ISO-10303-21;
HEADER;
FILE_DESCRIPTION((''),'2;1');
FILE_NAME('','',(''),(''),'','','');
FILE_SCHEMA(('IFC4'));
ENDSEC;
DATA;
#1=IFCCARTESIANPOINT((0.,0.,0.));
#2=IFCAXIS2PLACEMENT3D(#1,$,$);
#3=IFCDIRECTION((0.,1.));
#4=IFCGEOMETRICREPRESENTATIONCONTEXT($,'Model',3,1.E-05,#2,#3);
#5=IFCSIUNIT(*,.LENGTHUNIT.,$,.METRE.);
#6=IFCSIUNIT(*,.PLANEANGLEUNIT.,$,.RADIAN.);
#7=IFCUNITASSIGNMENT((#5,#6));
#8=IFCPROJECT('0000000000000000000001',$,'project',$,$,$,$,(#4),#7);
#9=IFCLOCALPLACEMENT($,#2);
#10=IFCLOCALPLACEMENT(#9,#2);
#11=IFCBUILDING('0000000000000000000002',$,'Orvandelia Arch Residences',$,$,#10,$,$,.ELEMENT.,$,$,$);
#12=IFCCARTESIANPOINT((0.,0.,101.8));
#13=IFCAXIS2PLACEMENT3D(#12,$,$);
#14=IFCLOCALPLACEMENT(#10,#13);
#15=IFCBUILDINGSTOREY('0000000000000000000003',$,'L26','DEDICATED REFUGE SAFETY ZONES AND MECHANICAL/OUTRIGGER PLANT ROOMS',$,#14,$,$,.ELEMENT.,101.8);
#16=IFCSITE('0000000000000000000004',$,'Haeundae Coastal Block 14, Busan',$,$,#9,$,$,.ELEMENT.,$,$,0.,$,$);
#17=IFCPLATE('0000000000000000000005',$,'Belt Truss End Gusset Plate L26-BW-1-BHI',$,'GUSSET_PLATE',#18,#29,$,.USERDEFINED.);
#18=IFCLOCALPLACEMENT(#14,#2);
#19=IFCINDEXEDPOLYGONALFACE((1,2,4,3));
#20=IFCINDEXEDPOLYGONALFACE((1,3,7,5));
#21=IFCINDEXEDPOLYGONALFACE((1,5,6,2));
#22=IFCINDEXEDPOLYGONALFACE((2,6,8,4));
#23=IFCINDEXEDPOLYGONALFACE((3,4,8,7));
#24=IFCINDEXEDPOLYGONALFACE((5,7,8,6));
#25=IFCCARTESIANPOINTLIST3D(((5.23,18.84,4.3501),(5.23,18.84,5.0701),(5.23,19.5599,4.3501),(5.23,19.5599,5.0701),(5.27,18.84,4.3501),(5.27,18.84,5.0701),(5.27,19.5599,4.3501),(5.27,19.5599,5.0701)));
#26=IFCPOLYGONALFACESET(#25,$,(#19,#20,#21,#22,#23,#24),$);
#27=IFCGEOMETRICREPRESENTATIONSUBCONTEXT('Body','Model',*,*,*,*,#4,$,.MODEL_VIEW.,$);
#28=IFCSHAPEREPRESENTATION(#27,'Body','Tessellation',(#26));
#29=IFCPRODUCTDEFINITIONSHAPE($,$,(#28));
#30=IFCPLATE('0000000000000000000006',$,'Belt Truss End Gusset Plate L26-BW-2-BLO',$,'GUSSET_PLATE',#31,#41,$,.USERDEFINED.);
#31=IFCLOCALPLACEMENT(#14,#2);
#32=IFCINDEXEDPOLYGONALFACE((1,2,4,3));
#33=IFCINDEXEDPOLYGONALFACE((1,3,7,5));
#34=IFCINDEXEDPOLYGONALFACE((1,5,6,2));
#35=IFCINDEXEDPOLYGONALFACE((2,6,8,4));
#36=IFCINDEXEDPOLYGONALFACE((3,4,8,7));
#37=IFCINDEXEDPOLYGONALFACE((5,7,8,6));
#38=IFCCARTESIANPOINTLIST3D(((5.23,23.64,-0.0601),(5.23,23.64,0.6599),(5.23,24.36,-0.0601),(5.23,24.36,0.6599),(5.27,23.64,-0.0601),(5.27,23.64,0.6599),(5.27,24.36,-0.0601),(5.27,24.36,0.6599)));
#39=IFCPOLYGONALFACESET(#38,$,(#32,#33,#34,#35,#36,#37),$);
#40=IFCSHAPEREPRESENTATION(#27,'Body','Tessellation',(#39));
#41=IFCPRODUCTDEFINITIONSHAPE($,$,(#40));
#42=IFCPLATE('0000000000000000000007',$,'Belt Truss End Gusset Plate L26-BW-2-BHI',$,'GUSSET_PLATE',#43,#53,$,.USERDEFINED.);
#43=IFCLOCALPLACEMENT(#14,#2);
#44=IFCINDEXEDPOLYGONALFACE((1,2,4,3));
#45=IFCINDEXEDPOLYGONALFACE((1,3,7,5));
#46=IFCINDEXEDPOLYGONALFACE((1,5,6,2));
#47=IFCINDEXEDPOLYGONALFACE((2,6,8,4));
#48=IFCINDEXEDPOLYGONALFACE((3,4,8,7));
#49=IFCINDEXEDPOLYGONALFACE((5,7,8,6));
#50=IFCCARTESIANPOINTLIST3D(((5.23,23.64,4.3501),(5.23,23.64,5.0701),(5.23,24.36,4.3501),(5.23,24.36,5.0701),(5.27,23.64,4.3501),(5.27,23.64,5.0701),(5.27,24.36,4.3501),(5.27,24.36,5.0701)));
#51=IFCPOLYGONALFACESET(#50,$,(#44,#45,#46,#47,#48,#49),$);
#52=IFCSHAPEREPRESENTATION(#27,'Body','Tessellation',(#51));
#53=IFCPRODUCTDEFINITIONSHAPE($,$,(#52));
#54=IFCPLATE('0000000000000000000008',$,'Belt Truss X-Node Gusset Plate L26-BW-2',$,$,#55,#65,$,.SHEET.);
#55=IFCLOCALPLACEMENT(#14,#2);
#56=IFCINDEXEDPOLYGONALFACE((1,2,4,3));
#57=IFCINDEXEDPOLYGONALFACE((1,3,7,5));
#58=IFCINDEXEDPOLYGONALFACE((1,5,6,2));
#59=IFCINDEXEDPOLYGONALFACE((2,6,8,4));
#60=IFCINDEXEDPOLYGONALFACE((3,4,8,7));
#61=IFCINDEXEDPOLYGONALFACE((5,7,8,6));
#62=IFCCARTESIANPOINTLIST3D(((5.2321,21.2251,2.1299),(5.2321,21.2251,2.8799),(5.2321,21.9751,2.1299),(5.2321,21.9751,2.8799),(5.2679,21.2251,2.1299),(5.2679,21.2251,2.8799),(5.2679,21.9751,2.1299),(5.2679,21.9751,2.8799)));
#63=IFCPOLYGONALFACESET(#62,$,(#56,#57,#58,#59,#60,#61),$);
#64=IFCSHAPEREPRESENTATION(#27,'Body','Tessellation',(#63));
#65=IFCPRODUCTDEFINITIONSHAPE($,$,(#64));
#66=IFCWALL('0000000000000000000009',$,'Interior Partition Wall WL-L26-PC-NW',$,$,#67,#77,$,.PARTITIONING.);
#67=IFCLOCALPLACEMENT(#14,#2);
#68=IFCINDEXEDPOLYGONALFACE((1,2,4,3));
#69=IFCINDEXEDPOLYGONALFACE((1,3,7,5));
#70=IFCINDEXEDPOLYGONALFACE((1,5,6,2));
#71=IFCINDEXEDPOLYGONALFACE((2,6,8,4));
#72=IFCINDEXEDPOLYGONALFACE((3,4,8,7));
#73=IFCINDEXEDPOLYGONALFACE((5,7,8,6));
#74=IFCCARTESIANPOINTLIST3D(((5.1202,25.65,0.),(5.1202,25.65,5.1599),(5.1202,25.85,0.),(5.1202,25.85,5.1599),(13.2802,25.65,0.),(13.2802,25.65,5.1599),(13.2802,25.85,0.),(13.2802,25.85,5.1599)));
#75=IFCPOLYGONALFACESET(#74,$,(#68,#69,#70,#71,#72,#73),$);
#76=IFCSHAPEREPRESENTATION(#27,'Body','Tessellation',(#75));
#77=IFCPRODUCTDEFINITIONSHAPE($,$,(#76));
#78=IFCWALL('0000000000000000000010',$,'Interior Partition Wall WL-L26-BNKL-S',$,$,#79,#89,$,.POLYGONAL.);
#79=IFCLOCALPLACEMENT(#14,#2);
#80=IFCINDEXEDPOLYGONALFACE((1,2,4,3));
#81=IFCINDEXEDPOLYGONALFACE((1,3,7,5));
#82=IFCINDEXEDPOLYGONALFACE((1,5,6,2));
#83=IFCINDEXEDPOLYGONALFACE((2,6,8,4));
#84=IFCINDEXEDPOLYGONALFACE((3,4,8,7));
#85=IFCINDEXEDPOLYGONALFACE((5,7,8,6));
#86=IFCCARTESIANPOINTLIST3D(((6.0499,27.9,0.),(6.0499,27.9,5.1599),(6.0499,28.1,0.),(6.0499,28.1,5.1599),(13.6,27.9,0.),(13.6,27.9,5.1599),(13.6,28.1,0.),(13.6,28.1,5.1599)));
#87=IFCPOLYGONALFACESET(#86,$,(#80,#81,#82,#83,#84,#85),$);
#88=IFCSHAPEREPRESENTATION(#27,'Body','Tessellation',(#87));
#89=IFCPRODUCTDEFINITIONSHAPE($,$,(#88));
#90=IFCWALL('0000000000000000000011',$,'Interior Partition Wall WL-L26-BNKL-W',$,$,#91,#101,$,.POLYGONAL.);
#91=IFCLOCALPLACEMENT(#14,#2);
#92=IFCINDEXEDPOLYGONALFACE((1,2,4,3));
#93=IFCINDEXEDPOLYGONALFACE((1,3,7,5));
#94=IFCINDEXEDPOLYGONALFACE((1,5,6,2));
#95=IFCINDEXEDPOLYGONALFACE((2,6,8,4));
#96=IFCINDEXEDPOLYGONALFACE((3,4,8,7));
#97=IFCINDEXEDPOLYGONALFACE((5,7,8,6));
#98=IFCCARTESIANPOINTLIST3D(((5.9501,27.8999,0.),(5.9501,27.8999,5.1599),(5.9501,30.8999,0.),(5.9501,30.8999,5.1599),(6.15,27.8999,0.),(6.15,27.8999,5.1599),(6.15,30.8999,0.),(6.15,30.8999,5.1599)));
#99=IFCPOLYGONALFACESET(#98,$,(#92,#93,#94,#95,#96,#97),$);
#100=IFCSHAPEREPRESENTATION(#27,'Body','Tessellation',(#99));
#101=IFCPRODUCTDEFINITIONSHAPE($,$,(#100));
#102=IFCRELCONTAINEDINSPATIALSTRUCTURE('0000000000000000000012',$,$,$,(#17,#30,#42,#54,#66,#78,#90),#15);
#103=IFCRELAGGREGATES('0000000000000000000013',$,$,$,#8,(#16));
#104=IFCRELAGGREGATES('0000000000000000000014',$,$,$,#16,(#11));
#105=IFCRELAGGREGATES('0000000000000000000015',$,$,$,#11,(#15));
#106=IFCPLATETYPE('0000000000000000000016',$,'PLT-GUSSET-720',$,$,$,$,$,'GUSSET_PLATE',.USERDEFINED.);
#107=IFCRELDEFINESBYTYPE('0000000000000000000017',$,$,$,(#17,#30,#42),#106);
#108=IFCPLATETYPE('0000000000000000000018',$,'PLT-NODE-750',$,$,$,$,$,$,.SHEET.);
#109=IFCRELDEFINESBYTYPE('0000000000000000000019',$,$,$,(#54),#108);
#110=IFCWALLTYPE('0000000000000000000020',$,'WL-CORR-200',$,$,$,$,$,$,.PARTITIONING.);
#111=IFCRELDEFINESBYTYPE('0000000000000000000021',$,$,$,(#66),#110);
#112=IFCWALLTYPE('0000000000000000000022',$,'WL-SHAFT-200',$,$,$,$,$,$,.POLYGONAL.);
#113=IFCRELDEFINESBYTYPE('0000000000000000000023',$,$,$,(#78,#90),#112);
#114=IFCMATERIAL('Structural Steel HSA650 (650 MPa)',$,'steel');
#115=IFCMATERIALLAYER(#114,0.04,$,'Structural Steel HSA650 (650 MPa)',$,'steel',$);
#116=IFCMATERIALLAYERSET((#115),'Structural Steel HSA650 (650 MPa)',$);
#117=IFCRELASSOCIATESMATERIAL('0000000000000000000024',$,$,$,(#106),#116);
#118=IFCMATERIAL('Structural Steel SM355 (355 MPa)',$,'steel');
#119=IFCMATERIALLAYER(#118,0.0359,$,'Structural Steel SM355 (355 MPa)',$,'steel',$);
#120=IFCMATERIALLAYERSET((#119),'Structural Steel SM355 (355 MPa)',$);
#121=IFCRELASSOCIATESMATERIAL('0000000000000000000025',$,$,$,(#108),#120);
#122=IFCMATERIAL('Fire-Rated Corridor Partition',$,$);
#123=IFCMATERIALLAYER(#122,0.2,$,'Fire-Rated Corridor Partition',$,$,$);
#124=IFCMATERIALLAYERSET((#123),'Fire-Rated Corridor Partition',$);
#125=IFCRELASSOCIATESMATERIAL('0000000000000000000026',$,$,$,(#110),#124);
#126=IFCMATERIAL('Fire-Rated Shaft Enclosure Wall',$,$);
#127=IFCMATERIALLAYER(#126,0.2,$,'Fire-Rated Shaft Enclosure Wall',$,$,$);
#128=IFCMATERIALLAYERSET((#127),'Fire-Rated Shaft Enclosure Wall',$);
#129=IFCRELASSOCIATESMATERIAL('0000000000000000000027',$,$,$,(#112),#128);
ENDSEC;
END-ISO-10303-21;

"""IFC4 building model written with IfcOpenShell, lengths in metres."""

from ifc_helpers import new_model, si_unit, direction, frame, frame_2d, origin, origin_2d, place, context, subcontext, project, spatial, rectangle, extrude, material, layer, layer_set, type_object, element, save


model = new_model("IFC4")

# Units and contexts
model_context = context("Model", 3, precision=1e-05, world=origin(), true_north=direction((0.0, 1.0)))
body_context = subcontext(model_context, "Body", "Model", "MODEL_VIEW")
ifc_project = project(units=[si_unit("LENGTHUNIT", "METRE"), si_unit("PLANEANGLEUNIT", "RADIAN")], contexts=[model_context])

# Site, building, storey
site_placement = place(None, origin())
site = spatial("IfcSite", under=ifc_project, at=site_placement, Name="Haeundae Coastal Block 14, Busan", CompositionType="ELEMENT", RefElevation=0.0)
building_placement = place(site_placement, origin())
building = spatial("IfcBuilding", under=site, at=building_placement, Name="Orvandelia Arch Residences", CompositionType="ELEMENT")
storey_placement = place(building_placement, frame((0.0, 0.0, 101.8)))
storey = spatial("IfcBuildingStorey", under=building, at=storey_placement, Name="L26", Description="DEDICATED REFUGE SAFETY ZONES AND MECHANICAL/OUTRIGGER PLANT ROOMS", CompositionType="ELEMENT", Elevation=101.8)

# Shared definitions
ifc_material_1 = material(Name="Structural Steel SM355 (355 MPa)", Category="steel")

# Shared definitions
ifc_material_2 = material(Name="Structural Steel HSA650 (650 MPa)", Category="steel")

# Plates
ifc_layer_1 = layer(ifc_material_2, 0.04, Name="Structural Steel HSA650 (650 MPa)", Category="steel")
ifc_layer_set_1 = layer_set([ifc_layer_1], Name="Structural Steel HSA650 (650 MPa)")
plate_type_1 = type_object("IfcPlateType", Name="PLT-GUSSET-720", ElementType="GUSSET_PLATE", PredefinedType="USERDEFINED", material=ifc_layer_set_1)
for number, where, z_axis, x_axis, name in (
    (1, (5.25, 19.2, 4.3501), (0.0, 0.0, 1.0), (0.0, 1.0, 0.0), "Belt Truss End Gusset Plate L26-BW-1-BHI"),
    (2, (5.25, 24.0, -0.0601), (0.0, 0.0, 1.0), (0.0, 1.0, 0.0), "Belt Truss End Gusset Plate L26-BW-2-BLO"),
    (3, (5.25, 24.0, 4.3501), (0.0, 0.0, 1.0), (0.0, 1.0, 0.0), "Belt Truss End Gusset Plate L26-BW-2-BHI"),
):
    element("IfcPlate", number, at=place(storey_placement, frame(where, z_axis=z_axis, x_axis=x_axis)), inside=storey, type_object=plate_type_1, Name=name, ObjectType="GUSSET_PLATE", PredefinedType="USERDEFINED", context=body_context, shape_type="SweptSolid", body=[
        extrude(rectangle(XDim=0.72, YDim=0.04, at=origin_2d()), origin(), (0.0, 0.0, 1.0), 0.72),
    ])
ifc_layer_2 = layer(ifc_material_1, 0.0359, Name="Structural Steel SM355 (355 MPa)", Category="steel")
ifc_layer_set_2 = layer_set([ifc_layer_2], Name="Structural Steel SM355 (355 MPa)")
plate_type_2 = type_object("IfcPlateType", Name="PLT-NODE-750", PredefinedType="SHEET", material=ifc_layer_set_2)
plate_placement = place(storey_placement, frame((5.25, 21.6001, 2.1299), z_axis=(0.0, 0.0, 1.0), x_axis=(0.0, 1.0, 0.0)))
element("IfcPlate", 4, at=plate_placement, inside=storey, type_object=plate_type_2, Name="Belt Truss X-Node Gusset Plate L26-BW-2", PredefinedType="SHEET", context=body_context, shape_type="SweptSolid", body=[
    extrude(rectangle(XDim=0.75, YDim=0.0359, at=origin_2d()), origin(), (0.0, 0.0, 1.0), 0.75),
])

# Walls
ifc_material_3 = material(Name="Fire-Rated Corridor Partition")
ifc_layer_3 = layer(ifc_material_3, 0.2, Name="Fire-Rated Corridor Partition")
ifc_layer_set_3 = layer_set([ifc_layer_3], Name="Fire-Rated Corridor Partition")
wall_type_1 = type_object("IfcWallType", Name="WL-CORR-200", PredefinedType="PARTITIONING", material=ifc_layer_set_3)
wall_1_placement = place(storey_placement, frame((5.1201, 25.75, 0.0), z_axis=(0.0, 0.0, 1.0), x_axis=(1.0, 0.0, 0.0)))
element("IfcWall", 5, at=wall_1_placement, inside=storey, type_object=wall_type_1, Name="Interior Partition Wall WL-L26-PC-NW", PredefinedType="PARTITIONING", context=body_context, shape_type="SweptSolid", body=[
    extrude(rectangle(XDim=8.1599, YDim=0.2, at=frame_2d((4.0801, 0.0))), origin(), (0.0, 0.0, 1.0), 5.1599),
])
ifc_material_4 = material(Name="Fire-Rated Shaft Enclosure Wall")
ifc_layer_4 = layer(ifc_material_4, 0.2, Name="Fire-Rated Shaft Enclosure Wall")
ifc_layer_set_4 = layer_set([ifc_layer_4], Name="Fire-Rated Shaft Enclosure Wall")
wall_type_2 = type_object("IfcWallType", Name="WL-SHAFT-200", PredefinedType="POLYGONAL", material=ifc_layer_set_4)
wall_2_placement = place(storey_placement, frame((6.05, 28.0, 0.0), z_axis=(0.0, 0.0, 1.0), x_axis=(1.0, 0.0, 0.0)))
element("IfcWall", 6, at=wall_2_placement, inside=storey, type_object=wall_type_2, Name="Interior Partition Wall WL-L26-BNKL-S", PredefinedType="POLYGONAL", context=body_context, shape_type="SweptSolid", body=[
    extrude(rectangle(XDim=7.55, YDim=0.2, at=frame_2d((3.7749, 0.0))), origin(), (0.0, 0.0, 1.0), 5.1599),
])
wall_3_placement = place(storey_placement, frame((6.05, 27.8999, 0.0), z_axis=(0.0, 0.0, 1.0), x_axis=(0.0, 1.0, 0.0)))
element("IfcWall", 7, at=wall_3_placement, inside=storey, type_object=wall_type_2, Name="Interior Partition Wall WL-L26-BNKL-W", PredefinedType="POLYGONAL", context=body_context, shape_type="SweptSolid", body=[
    extrude(rectangle(XDim=3.0, YDim=0.2, at=frame_2d((1.5, 0.0))), origin(), (0.0, 0.0, 1.0), 5.1599),
])

save(model, "model.ifc")
